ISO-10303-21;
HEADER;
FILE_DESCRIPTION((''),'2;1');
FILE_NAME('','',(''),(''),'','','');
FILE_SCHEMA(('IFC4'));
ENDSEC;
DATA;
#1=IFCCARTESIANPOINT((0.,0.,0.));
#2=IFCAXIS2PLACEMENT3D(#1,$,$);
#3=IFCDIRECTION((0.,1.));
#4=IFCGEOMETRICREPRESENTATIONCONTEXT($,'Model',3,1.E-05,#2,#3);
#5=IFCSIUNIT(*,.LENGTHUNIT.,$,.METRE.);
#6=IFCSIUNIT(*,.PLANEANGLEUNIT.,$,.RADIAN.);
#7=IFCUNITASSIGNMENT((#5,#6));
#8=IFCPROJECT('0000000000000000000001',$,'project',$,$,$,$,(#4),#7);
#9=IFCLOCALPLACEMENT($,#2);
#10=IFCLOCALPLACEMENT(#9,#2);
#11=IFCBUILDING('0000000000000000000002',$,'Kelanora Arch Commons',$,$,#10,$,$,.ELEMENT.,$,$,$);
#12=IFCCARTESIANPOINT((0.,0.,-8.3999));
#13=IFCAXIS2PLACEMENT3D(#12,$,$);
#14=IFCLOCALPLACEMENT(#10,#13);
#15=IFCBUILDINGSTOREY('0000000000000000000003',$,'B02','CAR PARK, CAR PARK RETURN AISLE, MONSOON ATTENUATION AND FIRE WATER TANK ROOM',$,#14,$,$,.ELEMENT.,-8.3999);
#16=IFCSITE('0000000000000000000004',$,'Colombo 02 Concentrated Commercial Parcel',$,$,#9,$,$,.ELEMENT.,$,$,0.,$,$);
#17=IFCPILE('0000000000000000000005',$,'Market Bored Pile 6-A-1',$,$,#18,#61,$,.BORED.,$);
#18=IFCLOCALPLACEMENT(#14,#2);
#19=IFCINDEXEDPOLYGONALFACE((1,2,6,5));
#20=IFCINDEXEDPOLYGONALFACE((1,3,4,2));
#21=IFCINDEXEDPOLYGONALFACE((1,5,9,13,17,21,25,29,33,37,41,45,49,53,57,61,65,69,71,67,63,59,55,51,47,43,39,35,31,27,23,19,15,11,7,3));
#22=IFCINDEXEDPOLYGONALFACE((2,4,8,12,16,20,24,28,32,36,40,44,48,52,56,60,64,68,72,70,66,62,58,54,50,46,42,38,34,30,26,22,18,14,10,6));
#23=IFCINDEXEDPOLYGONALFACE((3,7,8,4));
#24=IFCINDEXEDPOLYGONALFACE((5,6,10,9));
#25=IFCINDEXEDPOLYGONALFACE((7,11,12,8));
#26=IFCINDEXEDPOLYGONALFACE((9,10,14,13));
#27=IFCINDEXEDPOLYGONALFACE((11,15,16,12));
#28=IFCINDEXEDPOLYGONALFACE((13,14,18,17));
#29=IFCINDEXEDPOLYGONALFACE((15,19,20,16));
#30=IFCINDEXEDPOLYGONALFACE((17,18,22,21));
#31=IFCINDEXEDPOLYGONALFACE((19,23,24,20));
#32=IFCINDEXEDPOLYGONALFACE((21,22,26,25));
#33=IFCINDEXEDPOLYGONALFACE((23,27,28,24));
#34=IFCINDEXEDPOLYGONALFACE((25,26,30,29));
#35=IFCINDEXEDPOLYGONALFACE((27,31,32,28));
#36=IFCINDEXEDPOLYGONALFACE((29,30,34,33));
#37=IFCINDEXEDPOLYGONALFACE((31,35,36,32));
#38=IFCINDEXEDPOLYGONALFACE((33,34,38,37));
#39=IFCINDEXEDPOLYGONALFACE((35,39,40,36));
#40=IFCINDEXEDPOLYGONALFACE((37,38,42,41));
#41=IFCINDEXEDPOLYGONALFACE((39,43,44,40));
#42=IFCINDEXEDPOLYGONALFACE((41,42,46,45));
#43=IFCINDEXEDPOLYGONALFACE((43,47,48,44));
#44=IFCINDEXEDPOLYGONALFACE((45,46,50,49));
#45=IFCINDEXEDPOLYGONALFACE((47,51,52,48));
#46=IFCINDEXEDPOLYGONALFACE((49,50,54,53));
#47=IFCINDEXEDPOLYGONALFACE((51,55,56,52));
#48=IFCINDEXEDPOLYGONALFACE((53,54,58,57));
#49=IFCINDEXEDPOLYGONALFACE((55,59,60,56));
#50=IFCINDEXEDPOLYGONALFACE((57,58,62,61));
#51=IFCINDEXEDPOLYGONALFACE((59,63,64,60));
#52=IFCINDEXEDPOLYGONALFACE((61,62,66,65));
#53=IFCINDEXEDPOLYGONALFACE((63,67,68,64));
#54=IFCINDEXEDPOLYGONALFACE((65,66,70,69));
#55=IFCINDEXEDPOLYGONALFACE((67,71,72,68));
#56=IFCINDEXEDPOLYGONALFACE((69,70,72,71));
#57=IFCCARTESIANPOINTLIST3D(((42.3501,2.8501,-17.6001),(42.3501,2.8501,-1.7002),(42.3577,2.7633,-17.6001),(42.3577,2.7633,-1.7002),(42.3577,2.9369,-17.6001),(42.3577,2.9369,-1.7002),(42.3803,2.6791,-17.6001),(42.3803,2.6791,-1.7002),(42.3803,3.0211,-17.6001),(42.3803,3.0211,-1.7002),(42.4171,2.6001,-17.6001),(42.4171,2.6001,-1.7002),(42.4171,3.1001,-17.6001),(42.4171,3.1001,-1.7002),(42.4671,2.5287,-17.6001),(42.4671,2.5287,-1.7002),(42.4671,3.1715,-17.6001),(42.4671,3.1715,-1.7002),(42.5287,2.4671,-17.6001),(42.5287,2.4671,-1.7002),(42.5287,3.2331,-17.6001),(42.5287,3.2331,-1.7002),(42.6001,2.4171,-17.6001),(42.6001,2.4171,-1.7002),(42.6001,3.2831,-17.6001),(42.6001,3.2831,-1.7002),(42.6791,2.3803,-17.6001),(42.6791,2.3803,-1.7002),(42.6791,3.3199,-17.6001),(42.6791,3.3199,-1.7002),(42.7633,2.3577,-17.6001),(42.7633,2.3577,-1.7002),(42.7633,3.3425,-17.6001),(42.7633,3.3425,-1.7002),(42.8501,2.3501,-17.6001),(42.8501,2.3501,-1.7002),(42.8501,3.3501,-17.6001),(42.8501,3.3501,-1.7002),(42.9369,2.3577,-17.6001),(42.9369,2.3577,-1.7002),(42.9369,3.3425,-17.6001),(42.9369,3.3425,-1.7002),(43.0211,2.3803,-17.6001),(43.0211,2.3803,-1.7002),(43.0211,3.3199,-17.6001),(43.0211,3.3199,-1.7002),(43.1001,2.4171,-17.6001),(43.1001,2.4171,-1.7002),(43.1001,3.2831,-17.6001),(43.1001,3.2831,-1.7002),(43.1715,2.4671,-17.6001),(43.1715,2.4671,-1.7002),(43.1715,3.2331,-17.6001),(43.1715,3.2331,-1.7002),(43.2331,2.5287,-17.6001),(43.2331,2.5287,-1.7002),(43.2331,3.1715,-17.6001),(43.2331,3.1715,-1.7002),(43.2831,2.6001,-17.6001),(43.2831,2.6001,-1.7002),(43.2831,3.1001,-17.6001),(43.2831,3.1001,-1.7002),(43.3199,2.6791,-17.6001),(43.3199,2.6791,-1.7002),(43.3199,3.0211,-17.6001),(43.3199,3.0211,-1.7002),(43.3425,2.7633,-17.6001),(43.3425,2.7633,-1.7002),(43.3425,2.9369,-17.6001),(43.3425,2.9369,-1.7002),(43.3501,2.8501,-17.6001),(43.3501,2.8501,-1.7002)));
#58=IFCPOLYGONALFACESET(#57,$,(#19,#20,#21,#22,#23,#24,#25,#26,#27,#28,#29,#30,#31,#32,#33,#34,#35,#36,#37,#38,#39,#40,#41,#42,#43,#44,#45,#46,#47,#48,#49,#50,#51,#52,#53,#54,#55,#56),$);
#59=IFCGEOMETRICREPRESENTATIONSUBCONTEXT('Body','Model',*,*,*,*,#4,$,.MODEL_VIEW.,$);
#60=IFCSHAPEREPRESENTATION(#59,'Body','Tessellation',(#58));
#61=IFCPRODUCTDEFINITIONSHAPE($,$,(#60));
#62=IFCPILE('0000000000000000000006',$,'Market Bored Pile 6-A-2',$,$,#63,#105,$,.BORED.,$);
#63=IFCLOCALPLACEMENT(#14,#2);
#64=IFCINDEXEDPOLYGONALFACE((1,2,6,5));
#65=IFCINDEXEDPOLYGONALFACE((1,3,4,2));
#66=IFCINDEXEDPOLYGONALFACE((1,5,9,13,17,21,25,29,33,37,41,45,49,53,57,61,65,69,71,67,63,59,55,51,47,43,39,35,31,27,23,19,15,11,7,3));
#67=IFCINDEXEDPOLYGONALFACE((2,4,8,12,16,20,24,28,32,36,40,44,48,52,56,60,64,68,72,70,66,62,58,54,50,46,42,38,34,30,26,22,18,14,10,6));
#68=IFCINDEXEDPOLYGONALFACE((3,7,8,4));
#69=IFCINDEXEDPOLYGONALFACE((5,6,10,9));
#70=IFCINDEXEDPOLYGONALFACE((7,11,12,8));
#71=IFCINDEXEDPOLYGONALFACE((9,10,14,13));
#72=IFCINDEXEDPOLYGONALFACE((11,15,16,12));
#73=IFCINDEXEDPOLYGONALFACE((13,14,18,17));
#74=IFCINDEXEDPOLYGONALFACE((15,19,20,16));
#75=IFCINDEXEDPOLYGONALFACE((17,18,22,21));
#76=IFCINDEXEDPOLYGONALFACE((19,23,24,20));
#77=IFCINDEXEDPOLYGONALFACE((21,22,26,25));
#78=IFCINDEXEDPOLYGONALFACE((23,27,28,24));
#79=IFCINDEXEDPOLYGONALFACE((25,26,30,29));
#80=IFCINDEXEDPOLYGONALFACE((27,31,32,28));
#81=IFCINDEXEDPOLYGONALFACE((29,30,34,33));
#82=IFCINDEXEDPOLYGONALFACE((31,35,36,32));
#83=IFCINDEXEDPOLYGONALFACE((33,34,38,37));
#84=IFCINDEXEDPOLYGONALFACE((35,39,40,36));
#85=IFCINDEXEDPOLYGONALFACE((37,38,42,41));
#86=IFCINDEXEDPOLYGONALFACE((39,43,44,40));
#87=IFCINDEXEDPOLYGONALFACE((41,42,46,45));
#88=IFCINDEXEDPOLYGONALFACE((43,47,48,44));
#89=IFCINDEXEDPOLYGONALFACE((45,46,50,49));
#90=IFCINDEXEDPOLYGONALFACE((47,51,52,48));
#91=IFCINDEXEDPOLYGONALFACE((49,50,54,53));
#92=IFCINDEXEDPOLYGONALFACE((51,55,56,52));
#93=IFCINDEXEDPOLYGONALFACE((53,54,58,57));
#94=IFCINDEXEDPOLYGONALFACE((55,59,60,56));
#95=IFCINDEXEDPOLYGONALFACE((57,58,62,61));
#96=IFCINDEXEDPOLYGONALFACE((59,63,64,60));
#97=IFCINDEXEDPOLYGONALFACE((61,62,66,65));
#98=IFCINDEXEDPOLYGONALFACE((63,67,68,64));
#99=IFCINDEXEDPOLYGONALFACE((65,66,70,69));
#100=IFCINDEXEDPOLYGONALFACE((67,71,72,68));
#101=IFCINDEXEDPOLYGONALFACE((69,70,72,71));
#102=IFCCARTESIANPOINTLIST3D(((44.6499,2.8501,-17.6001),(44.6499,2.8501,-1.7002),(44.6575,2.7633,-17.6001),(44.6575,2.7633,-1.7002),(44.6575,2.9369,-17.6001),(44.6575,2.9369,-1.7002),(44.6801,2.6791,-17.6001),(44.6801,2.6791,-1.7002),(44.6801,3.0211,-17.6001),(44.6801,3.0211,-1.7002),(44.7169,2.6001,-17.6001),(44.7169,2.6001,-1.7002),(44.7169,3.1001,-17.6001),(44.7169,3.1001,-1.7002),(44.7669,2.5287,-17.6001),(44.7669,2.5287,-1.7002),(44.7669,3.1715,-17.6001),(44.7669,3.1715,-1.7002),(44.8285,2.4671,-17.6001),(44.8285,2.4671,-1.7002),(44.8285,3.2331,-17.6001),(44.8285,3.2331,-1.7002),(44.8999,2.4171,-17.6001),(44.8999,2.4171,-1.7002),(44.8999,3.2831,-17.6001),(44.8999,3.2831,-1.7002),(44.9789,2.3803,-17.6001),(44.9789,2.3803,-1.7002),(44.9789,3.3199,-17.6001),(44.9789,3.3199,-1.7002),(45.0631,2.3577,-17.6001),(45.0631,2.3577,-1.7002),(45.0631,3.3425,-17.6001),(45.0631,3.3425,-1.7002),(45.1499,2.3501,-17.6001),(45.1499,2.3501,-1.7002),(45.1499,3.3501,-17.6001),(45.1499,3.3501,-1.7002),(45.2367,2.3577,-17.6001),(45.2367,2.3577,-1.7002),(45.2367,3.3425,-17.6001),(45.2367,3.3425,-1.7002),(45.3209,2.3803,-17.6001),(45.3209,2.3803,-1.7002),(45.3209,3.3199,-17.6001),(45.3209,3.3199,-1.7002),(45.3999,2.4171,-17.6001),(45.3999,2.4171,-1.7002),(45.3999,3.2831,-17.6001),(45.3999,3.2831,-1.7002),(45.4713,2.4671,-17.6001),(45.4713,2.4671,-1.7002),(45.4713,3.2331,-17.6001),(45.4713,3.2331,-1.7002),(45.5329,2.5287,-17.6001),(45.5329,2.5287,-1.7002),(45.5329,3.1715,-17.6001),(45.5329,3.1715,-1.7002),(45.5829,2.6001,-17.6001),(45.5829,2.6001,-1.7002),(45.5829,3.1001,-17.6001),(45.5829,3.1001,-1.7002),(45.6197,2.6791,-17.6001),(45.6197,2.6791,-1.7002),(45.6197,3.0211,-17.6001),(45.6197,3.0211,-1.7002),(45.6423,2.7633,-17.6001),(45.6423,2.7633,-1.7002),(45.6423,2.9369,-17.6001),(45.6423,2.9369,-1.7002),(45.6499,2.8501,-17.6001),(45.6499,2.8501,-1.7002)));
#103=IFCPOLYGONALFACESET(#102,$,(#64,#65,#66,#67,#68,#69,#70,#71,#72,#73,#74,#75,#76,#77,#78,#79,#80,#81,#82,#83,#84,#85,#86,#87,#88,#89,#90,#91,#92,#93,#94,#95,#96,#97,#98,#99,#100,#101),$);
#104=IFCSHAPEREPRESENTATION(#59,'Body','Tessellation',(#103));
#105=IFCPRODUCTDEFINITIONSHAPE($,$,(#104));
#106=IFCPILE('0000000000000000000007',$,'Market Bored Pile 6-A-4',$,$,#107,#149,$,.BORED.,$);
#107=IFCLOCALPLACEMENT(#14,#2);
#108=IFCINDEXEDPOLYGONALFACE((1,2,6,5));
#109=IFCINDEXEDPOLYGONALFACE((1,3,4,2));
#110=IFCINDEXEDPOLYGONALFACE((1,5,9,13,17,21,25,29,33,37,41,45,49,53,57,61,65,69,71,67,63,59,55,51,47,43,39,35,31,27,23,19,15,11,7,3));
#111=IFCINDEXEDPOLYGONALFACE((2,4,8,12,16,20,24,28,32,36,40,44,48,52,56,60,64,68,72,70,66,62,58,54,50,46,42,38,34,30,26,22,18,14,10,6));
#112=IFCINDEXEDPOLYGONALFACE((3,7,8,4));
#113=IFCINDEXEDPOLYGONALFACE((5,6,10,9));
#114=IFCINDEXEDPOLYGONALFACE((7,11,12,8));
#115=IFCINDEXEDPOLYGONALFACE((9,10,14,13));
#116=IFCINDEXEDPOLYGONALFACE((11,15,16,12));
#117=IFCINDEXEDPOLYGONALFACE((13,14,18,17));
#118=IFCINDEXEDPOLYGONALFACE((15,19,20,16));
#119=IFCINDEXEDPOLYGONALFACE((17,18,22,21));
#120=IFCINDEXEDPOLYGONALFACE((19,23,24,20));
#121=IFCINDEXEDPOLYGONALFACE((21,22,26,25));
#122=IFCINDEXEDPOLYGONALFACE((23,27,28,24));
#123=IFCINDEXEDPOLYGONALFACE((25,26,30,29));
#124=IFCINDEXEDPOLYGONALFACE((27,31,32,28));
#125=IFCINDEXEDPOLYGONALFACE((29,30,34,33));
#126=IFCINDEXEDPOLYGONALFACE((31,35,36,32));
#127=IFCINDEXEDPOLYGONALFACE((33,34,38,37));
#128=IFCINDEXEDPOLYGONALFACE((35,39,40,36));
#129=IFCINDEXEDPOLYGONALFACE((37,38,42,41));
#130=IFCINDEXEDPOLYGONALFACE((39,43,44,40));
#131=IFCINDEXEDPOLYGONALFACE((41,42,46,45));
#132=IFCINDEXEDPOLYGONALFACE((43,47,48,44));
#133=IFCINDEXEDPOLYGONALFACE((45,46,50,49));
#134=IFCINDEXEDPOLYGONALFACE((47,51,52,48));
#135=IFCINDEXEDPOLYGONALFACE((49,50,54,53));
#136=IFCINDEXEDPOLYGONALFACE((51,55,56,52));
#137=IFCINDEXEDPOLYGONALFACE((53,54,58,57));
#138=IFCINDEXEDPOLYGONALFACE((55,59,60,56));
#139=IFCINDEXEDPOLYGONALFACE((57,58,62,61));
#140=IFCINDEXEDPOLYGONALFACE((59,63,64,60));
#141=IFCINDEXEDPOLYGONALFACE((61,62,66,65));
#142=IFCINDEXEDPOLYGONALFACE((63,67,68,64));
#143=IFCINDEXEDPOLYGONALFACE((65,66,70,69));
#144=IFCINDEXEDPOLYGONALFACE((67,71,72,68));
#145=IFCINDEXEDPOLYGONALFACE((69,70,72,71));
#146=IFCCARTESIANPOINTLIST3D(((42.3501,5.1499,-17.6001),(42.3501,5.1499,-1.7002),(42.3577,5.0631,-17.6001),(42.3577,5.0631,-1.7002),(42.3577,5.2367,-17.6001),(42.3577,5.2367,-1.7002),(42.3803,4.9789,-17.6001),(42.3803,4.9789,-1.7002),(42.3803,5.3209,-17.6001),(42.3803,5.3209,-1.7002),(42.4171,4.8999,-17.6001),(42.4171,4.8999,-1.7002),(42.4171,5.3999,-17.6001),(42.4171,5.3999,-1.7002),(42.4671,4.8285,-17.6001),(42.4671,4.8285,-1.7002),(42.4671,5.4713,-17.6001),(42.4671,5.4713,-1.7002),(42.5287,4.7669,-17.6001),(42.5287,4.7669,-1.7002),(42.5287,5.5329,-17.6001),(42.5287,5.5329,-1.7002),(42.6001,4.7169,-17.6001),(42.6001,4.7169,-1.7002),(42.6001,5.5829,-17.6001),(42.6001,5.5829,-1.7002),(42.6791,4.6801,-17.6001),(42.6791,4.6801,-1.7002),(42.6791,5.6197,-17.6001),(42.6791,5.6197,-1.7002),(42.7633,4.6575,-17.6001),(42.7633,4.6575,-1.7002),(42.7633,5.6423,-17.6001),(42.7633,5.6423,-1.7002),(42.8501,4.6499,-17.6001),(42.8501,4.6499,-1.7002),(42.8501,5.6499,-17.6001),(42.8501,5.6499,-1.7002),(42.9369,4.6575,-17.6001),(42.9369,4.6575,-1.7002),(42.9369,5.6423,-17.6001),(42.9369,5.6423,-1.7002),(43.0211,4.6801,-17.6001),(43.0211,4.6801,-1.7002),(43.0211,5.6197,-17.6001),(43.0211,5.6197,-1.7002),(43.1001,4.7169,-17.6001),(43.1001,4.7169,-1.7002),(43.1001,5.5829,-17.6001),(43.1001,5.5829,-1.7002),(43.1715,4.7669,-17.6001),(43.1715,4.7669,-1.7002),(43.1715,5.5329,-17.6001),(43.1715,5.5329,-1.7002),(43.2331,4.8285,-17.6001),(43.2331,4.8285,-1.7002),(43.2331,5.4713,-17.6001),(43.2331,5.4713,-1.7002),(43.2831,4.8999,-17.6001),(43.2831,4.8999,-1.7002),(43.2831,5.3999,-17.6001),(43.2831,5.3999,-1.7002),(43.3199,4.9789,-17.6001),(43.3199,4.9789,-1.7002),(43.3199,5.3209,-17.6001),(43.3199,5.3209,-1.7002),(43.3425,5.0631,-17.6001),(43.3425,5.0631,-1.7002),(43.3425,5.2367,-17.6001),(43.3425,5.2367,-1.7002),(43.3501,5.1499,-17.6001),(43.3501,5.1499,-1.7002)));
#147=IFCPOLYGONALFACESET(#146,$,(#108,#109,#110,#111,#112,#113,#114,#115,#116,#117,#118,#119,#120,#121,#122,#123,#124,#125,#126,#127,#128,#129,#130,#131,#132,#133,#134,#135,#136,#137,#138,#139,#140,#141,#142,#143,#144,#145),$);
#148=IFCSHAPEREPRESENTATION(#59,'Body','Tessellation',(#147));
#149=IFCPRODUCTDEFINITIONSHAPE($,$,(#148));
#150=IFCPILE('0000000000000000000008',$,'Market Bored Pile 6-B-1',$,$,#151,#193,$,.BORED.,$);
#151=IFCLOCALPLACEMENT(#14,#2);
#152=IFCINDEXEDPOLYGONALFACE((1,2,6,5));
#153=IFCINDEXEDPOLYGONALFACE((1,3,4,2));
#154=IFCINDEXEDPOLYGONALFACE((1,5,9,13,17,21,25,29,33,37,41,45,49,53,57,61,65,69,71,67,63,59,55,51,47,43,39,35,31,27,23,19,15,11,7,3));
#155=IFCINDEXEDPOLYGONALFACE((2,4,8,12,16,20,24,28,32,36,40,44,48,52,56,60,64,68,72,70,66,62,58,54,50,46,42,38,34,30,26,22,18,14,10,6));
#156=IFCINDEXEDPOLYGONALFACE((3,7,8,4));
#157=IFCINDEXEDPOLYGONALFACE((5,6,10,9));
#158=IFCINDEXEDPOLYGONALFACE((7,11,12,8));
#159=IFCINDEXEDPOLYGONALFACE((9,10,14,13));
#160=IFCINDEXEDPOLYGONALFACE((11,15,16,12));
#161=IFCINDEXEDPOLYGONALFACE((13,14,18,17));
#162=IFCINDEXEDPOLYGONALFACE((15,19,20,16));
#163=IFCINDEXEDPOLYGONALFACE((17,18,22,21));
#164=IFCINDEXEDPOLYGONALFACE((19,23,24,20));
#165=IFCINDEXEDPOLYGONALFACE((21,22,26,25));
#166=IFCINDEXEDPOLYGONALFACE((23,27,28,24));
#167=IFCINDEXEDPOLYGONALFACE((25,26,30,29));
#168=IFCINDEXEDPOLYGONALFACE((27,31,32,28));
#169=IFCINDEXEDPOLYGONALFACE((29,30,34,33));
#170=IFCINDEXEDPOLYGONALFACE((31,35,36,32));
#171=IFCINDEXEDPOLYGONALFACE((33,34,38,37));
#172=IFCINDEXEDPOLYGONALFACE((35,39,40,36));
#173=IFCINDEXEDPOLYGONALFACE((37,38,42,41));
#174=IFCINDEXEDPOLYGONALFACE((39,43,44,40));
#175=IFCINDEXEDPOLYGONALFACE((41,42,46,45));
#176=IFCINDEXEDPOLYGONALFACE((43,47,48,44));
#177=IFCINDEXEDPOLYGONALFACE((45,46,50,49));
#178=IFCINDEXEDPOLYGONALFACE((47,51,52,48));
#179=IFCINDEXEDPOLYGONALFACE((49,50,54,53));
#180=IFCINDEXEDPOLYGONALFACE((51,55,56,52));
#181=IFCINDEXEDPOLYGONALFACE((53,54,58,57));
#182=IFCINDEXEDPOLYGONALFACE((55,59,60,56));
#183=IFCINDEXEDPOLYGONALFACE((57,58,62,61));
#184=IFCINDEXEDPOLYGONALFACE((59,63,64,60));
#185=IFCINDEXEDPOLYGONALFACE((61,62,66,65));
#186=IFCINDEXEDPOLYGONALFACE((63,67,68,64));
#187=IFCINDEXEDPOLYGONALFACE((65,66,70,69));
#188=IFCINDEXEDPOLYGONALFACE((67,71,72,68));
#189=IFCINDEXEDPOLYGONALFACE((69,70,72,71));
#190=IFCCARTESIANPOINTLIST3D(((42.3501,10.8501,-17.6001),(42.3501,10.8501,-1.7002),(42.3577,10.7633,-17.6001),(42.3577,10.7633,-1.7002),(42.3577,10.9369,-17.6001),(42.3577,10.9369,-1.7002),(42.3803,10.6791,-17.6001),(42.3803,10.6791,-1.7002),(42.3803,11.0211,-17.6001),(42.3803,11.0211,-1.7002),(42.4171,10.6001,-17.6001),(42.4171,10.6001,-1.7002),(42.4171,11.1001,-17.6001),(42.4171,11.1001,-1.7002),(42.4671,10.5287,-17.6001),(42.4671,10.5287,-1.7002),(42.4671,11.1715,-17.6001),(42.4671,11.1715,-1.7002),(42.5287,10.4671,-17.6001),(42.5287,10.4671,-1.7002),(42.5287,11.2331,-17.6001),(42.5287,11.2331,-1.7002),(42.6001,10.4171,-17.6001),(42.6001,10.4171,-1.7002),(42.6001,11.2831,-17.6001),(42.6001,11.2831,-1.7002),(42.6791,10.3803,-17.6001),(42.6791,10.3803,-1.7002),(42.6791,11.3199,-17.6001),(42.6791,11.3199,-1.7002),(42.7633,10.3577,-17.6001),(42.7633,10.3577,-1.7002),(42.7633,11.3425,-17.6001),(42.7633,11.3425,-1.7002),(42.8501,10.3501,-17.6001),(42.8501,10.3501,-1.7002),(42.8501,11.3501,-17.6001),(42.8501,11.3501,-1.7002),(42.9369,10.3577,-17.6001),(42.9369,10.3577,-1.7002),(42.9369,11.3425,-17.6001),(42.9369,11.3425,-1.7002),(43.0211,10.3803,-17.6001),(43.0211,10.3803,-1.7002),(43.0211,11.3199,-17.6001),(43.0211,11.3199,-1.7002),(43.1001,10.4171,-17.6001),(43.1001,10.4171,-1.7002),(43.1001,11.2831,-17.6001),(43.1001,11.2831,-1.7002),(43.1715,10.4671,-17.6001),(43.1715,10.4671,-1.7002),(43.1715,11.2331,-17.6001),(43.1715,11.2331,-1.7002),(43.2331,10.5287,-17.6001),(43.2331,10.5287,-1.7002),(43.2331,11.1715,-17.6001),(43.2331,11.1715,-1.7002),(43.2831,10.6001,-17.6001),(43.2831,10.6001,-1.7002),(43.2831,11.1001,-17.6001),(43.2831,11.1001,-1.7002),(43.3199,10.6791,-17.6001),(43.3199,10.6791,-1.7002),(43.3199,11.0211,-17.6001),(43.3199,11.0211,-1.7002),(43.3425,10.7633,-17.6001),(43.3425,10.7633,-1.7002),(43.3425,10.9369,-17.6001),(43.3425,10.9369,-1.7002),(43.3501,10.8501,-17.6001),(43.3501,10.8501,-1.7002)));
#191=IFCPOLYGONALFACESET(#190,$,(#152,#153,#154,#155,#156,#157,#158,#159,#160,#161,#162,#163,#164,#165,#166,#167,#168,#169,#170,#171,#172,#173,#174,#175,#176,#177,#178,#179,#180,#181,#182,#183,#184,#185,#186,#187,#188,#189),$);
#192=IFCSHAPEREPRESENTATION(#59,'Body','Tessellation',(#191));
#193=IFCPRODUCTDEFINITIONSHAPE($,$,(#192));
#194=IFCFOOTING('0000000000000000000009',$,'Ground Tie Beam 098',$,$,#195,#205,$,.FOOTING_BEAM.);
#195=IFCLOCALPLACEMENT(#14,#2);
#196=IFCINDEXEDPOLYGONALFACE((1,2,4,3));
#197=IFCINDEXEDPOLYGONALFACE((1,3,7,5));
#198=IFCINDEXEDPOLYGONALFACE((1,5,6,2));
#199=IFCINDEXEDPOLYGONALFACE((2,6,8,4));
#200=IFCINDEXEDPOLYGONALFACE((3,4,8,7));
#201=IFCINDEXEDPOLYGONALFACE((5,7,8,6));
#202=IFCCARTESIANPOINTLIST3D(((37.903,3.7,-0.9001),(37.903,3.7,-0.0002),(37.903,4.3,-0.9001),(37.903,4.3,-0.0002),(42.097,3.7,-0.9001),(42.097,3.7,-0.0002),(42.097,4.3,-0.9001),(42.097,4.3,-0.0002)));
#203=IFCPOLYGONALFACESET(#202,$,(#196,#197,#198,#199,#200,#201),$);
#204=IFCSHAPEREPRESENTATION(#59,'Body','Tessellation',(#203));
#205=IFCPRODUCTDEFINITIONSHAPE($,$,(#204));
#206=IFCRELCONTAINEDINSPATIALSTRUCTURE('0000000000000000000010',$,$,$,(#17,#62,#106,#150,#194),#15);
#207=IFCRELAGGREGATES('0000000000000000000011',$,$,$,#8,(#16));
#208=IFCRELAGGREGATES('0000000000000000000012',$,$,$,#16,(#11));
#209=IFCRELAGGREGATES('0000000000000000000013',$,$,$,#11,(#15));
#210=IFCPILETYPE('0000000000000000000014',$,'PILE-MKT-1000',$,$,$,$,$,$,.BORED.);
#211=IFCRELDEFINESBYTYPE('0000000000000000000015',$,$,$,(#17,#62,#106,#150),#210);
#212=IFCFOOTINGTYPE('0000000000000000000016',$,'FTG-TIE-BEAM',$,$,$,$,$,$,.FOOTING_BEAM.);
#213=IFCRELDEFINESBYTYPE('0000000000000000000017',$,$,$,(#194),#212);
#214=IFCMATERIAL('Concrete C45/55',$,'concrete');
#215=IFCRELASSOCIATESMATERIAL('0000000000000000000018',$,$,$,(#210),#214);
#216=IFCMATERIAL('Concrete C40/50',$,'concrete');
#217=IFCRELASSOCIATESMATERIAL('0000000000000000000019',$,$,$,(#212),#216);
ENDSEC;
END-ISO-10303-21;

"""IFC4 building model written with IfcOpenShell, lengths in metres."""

from ifc_helpers import new_model, si_unit, direction, frame, origin, origin_2d, place, context, subcontext, project, spatial, rectangle, circle, extrude, source, transform, mapped, material, material_profile, profile_set, type_object, element, save


model = new_model("IFC4")

# Units and contexts
model_context = context("Model", 3, precision=1e-05, world=origin(), true_north=direction((0.0, 1.0)))
body_context = subcontext(model_context, "Body", "Model", "MODEL_VIEW")
ifc_project = project(units=[si_unit("LENGTHUNIT", "METRE"), si_unit("PLANEANGLEUNIT", "RADIAN")], contexts=[model_context])

# Site, building, storey
site_placement = place(None, origin())
site = spatial("IfcSite", under=ifc_project, at=site_placement, Name="Colombo 02 Concentrated Commercial Parcel", CompositionType="ELEMENT", RefElevation=0.0)
building_placement = place(site_placement, origin())
building = spatial("IfcBuilding", under=site, at=building_placement, Name="Kelanora Arch Commons", CompositionType="ELEMENT")
storey_placement = place(building_placement, frame((0.0, 0.0, -8.3999)))
storey = spatial("IfcBuildingStorey", under=building, at=storey_placement, Name="B02", Description="CAR PARK, CAR PARK RETURN AISLE, MONSOON ATTENUATION AND FIRE WATER TANK ROOM", CompositionType="ELEMENT", Elevation=-8.3999)

# Shared definitions
ifc_material_1 = material(Name="Concrete C40/50", Category="concrete")

# Piles
ifc_material_2 = material(Name="Concrete C45/55", Category="concrete")
ifc_material_profile_1 = material_profile(ifc_material_2, circle(Radius=0.5, at=origin_2d()), Name="PILE1000")
ifc_profile_set_1 = profile_set([ifc_material_profile_1], Name="Concrete C45/55")
pile_type = type_object("IfcPileType", Name="PILE-MKT-1000", PredefinedType="BORED", material=ifc_profile_set_1)
shared_shape_1 = source(origin(), body_context, "Body", "SweptSolid", [
    extrude(circle(Radius=0.5, at=origin_2d()), origin(), (0.0, 0.0, 1.0), 15.8999),
])
for number, where, z_axis, x_axis, name in (
    (1, (42.8501, 2.8501, -1.7002), (0.0, 0.0, -1.0), (1.0, 0.0, 0.0), "Market Bored Pile 6-A-1"),
    (2, (45.1499, 2.8501, -1.7002), (0.0, 0.0, -1.0), (1.0, 0.0, 0.0), "Market Bored Pile 6-A-2"),
    (3, (42.8501, 5.1499, -1.7002), (0.0, 0.0, -1.0), (1.0, 0.0, 0.0), "Market Bored Pile 6-A-4"),
    (4, (42.8501, 10.8501, -1.7002), (0.0, 0.0, -1.0), (1.0, 0.0, 0.0), "Market Bored Pile 6-B-1"),
):
    element("IfcPile", number, at=place(storey_placement, frame(where, z_axis=z_axis, x_axis=x_axis)), inside=storey, type_object=pile_type, Name=name, PredefinedType="BORED", context=body_context, shape_type="MappedRepresentation", body=[
        mapped(shared_shape_1, transform((0.0, 0.0, 0.0), scale=1.0)),
    ])

# Footing
footing_type_1 = type_object("IfcFootingType", Name="FTG-TIE-BEAM", PredefinedType="FOOTING_BEAM", material=ifc_material_1)
shared_shape_2 = source(origin(), body_context, "Body", "SweptSolid", [
    extrude(rectangle(XDim=4.1941, YDim=0.6001, at=origin_2d()), origin(), (0.0, 0.0, 1.0), 0.8999),
])
for number, where, z_axis, x_axis, name in (
    (5, (40.0, 4.0, -0.9001), (0.0, 0.0, 1.0), (1.0, 0.0, 0.0), "Ground Tie Beam 098"),
):
    element("IfcFooting", number, at=place(storey_placement, frame(where, z_axis=z_axis, x_axis=x_axis)), inside=storey, type_object=footing_type_1, Name=name, PredefinedType="FOOTING_BEAM", context=body_context, shape_type="MappedRepresentation", body=[
        mapped(shared_shape_2, transform((0.0, 0.0, 0.0), scale=1.0)),
    ])

save(model, "model.ifc")
